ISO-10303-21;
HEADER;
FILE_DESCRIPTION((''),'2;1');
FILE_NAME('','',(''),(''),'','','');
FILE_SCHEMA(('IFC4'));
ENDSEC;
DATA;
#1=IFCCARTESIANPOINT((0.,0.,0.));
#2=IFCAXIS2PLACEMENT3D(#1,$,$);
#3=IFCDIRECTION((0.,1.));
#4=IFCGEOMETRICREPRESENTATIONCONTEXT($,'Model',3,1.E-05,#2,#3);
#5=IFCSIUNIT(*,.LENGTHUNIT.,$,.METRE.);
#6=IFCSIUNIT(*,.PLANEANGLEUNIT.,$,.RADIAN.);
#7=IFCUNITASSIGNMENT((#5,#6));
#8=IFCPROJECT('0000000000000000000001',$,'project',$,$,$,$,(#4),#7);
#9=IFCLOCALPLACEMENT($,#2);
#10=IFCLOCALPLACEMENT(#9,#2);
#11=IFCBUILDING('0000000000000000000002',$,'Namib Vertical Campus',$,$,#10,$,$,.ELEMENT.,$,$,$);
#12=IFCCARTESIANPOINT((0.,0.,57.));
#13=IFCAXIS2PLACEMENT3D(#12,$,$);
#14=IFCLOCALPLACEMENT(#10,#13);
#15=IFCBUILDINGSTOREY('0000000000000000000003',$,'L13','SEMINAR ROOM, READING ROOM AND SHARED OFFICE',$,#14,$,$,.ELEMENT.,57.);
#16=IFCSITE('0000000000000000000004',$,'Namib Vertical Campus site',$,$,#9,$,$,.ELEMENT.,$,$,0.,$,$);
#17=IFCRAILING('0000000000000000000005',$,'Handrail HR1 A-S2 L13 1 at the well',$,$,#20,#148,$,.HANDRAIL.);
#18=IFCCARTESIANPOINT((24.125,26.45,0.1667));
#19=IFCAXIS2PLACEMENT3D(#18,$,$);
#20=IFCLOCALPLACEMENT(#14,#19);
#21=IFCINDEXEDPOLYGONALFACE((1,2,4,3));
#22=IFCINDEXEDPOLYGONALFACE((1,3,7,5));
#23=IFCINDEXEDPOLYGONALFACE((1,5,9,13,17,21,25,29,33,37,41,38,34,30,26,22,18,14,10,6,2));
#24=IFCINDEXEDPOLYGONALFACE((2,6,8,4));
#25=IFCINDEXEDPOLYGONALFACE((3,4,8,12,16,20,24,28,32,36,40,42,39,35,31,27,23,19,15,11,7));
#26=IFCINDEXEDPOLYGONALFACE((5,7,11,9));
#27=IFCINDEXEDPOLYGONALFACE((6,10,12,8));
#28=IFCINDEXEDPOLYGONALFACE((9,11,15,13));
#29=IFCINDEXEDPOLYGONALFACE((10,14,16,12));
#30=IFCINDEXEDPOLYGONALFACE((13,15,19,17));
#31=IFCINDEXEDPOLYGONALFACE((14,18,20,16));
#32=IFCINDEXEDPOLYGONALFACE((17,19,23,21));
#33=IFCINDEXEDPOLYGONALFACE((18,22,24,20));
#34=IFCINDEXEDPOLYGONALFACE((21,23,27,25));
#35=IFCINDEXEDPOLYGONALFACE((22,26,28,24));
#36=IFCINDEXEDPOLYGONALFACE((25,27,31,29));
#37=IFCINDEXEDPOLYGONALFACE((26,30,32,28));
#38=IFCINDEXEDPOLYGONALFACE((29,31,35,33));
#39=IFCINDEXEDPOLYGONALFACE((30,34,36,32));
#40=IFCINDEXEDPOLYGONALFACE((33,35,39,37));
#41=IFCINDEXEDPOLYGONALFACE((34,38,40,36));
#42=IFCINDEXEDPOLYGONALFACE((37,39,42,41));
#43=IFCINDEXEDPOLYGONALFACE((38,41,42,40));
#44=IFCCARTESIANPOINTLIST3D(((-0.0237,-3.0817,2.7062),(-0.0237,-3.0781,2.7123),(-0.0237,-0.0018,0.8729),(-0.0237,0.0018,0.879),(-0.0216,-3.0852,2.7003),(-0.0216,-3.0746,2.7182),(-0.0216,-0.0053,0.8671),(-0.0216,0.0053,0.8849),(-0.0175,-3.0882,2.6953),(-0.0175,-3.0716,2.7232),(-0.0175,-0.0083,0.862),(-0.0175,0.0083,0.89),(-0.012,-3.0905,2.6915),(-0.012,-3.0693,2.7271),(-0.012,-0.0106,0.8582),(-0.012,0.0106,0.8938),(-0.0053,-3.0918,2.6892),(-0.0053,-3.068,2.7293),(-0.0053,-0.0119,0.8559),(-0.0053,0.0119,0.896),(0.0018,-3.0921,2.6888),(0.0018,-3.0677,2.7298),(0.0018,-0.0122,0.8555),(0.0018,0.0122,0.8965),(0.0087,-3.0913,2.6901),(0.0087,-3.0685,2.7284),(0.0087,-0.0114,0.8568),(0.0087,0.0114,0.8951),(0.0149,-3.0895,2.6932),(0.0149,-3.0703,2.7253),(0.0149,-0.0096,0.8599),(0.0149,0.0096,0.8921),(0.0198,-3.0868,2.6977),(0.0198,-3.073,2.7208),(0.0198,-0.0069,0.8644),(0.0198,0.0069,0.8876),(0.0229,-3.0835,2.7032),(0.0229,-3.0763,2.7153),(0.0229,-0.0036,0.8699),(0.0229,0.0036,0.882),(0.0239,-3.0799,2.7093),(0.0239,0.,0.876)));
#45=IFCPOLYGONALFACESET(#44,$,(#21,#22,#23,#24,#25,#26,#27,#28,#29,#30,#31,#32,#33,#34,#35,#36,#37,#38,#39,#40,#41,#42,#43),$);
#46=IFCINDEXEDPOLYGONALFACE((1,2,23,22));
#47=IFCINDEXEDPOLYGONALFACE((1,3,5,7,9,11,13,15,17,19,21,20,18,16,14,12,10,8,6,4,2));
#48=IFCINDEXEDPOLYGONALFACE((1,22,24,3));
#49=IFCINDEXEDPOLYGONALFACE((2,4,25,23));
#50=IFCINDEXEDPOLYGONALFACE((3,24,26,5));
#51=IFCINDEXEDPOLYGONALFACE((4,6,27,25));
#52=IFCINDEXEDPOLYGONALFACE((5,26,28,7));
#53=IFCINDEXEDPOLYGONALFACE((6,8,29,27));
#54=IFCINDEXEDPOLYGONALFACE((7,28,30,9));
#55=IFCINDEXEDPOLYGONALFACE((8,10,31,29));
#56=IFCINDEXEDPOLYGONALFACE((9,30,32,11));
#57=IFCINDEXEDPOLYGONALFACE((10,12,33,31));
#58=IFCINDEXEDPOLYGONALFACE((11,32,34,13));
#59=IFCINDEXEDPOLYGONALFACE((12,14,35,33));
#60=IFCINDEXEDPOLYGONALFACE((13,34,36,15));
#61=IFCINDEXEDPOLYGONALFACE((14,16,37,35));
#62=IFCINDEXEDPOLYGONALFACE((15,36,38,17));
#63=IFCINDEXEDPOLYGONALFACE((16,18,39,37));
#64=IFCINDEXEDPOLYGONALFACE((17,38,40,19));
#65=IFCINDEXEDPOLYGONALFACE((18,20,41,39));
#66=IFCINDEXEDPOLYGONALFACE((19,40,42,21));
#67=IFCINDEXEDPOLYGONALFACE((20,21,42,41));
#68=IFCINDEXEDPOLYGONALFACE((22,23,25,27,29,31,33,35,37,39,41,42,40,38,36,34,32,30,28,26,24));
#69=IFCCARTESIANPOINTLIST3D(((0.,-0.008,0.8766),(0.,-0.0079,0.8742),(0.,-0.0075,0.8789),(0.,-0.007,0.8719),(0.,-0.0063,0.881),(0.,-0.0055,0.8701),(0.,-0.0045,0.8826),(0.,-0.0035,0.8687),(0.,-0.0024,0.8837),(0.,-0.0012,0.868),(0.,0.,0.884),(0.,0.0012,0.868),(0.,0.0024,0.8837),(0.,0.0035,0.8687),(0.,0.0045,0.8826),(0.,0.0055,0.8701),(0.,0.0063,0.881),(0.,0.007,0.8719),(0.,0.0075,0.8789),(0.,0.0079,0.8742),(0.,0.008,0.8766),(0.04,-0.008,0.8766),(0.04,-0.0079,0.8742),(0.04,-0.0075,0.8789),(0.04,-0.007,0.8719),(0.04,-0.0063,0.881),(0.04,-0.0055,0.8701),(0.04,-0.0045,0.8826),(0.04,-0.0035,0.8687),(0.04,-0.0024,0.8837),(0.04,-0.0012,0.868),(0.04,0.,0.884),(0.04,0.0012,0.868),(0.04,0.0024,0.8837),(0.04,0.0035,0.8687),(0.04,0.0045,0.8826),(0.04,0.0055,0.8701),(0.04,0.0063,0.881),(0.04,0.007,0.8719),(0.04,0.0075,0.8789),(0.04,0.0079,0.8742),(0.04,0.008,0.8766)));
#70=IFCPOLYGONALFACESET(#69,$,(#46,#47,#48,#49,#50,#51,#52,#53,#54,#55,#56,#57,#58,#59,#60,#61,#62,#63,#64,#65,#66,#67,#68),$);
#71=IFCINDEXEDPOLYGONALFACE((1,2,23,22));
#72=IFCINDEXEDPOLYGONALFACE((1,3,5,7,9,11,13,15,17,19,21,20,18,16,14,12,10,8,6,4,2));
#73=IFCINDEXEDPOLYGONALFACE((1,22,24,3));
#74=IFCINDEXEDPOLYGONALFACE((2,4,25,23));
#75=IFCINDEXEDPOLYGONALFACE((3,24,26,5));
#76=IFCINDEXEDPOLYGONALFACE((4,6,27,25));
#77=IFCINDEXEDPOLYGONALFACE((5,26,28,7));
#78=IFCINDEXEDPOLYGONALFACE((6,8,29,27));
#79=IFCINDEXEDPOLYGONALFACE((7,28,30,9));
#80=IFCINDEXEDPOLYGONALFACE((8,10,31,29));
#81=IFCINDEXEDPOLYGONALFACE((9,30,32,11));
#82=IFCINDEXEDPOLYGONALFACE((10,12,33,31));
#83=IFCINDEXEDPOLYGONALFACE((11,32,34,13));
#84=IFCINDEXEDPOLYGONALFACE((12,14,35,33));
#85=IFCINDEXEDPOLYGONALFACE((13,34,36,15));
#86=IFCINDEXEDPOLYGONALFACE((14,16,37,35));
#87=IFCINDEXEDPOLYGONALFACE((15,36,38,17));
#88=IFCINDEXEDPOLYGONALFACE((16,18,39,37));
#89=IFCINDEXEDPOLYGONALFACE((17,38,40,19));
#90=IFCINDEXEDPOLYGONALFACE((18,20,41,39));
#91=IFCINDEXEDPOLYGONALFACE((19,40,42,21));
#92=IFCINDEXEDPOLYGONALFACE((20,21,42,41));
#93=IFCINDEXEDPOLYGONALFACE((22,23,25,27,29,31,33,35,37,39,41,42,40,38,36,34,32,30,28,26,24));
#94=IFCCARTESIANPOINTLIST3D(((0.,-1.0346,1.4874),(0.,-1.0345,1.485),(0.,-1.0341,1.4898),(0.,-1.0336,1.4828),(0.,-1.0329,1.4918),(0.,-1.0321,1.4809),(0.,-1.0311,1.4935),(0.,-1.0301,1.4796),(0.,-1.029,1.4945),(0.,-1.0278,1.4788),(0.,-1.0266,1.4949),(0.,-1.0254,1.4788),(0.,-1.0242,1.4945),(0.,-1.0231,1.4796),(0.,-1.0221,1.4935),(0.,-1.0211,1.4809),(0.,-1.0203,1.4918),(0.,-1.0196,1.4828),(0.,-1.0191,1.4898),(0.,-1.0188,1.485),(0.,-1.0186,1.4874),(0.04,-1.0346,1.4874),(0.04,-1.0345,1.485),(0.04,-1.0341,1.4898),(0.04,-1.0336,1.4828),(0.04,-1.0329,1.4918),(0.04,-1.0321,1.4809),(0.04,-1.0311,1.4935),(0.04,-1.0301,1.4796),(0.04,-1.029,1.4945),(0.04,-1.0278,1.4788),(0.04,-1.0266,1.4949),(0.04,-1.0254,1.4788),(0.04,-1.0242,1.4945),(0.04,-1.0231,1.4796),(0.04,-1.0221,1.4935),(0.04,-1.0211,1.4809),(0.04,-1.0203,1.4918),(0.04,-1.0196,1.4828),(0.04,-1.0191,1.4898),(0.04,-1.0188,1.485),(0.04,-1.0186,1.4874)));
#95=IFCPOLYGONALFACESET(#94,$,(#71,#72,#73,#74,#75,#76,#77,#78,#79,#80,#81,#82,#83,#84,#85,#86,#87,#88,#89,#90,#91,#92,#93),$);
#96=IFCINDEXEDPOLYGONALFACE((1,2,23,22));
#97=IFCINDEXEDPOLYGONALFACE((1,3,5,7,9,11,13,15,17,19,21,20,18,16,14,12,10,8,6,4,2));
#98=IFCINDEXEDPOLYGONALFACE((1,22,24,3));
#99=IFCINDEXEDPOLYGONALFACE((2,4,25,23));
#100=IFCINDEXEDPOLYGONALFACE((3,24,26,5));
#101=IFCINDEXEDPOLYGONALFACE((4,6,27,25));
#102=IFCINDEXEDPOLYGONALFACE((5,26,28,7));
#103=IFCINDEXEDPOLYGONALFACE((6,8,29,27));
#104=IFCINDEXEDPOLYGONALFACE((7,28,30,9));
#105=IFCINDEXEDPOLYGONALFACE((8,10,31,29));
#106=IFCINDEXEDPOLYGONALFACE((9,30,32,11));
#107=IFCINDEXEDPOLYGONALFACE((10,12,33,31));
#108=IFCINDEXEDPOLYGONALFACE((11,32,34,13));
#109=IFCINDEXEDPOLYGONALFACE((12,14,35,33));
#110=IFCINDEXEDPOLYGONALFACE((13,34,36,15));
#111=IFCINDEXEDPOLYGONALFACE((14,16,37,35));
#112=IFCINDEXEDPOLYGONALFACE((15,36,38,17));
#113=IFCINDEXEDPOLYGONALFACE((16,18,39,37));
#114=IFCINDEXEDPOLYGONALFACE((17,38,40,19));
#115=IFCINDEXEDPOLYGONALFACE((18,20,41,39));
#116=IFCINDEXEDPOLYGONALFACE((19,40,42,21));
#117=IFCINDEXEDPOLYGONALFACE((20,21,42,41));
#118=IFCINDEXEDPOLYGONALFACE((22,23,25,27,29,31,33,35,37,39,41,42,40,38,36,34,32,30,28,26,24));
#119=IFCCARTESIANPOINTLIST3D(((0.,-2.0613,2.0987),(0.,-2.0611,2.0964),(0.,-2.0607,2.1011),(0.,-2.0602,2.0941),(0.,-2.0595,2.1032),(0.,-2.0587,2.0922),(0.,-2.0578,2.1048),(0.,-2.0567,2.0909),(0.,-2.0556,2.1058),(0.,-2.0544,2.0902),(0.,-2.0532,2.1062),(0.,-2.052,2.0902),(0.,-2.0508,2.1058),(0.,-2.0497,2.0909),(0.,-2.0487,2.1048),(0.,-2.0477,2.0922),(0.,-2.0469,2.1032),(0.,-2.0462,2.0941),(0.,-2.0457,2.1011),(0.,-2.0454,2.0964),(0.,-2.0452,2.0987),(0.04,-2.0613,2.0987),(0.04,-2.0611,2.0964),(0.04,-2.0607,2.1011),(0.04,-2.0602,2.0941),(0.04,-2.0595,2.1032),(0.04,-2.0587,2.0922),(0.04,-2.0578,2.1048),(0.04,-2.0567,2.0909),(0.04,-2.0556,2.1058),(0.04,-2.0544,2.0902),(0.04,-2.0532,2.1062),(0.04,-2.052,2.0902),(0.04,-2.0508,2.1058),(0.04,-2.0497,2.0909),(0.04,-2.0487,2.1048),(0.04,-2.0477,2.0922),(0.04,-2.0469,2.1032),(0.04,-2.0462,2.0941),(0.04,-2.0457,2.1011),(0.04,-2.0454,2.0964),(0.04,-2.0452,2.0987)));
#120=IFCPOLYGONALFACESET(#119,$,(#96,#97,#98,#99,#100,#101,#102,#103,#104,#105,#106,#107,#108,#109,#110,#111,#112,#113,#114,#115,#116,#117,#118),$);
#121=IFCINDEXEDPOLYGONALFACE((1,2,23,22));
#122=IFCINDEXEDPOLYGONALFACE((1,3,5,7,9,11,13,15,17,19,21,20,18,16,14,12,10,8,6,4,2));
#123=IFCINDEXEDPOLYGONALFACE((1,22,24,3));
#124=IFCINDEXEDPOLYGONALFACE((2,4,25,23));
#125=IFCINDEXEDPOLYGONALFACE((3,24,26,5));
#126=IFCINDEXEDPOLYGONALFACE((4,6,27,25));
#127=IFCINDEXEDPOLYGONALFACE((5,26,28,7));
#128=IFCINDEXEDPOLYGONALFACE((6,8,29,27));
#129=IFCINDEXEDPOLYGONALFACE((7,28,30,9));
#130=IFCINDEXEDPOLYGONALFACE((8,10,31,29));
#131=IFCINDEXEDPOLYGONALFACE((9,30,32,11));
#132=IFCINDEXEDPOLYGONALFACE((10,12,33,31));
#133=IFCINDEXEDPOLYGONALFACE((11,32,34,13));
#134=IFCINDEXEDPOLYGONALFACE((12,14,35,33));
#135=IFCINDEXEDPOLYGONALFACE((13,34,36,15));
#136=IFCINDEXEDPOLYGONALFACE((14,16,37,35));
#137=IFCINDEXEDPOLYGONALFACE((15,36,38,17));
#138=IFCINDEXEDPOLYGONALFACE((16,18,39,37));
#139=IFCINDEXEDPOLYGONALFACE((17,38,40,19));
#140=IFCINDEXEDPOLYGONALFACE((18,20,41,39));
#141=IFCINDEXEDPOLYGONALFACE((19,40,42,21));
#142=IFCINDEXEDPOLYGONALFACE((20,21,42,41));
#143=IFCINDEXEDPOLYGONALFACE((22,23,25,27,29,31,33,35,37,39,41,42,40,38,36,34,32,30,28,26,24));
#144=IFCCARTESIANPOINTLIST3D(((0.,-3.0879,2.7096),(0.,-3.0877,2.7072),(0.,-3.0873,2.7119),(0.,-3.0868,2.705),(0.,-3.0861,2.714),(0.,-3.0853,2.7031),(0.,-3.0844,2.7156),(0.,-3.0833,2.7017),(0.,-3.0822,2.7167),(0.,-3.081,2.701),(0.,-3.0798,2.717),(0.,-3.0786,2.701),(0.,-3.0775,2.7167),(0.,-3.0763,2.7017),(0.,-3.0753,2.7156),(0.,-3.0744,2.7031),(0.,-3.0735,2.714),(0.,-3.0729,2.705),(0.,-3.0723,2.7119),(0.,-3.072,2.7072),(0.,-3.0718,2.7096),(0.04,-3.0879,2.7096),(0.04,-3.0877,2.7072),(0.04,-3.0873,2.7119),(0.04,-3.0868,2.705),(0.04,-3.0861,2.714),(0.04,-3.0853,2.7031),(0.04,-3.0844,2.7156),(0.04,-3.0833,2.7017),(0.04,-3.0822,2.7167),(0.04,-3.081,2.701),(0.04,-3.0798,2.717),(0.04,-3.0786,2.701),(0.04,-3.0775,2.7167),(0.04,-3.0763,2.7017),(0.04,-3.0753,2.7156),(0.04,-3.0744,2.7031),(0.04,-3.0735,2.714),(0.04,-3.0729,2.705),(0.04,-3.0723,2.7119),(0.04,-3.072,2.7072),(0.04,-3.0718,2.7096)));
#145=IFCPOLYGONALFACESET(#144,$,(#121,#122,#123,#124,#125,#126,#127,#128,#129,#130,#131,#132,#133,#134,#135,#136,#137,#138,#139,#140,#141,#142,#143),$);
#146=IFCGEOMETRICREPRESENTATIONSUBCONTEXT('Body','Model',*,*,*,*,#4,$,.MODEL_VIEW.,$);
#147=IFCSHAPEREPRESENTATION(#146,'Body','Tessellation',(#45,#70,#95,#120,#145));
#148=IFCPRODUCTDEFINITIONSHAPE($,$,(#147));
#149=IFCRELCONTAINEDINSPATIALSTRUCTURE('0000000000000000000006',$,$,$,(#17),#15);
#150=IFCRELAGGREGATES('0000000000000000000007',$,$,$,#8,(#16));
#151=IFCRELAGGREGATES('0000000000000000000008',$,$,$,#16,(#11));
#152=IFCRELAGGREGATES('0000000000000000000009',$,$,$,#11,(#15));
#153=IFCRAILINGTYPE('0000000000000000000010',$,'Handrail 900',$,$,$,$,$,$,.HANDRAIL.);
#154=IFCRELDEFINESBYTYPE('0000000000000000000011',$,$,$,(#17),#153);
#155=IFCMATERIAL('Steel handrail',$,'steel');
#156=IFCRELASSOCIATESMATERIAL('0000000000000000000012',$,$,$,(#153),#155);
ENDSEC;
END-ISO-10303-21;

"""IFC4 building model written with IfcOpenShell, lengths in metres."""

from ifc_helpers import new_model, si_unit, direction, frame, origin, origin_2d, place, context, subcontext, project, spatial, circle, extrude, material, type_object, element, save


model = new_model("IFC4")

# Units and contexts
model_context = context("Model", 3, precision=1e-05, world=origin(), true_north=direction((0.0, 1.0)))
body_context = subcontext(model_context, "Body", "Model", "MODEL_VIEW")
ifc_project = project(units=[si_unit("LENGTHUNIT", "METRE"), si_unit("PLANEANGLEUNIT", "RADIAN")], contexts=[model_context])

# Site, building, storey
site_placement = place(None, origin())
site = spatial("IfcSite", under=ifc_project, at=site_placement, Name="Namib Vertical Campus site", CompositionType="ELEMENT", RefElevation=0.0)
building_placement = place(site_placement, origin())
building = spatial("IfcBuilding", under=site, at=building_placement, Name="Namib Vertical Campus", CompositionType="ELEMENT")
storey_placement = place(building_placement, frame((0.0, 0.0, 57.0)))
storey = spatial("IfcBuildingStorey", under=building, at=storey_placement, Name="L13", Description="SEMINAR ROOM, READING ROOM AND SHARED OFFICE", CompositionType="ELEMENT", Elevation=57.0)

# Railing
ifc_material_1 = material(Name="Steel handrail", Category="steel")
railing_type_1 = type_object("IfcRailingType", Name="Handrail 900", PredefinedType="HANDRAIL", material=ifc_material_1)
railing_1_placement = place(storey_placement, frame((24.125, 26.45, 0.1667)))
element("IfcRailing", 1, at=railing_1_placement, inside=storey, type_object=railing_type_1, Name="Handrail HR1 A-S2 L13 1 at the well", PredefinedType="HANDRAIL", context=body_context, shape_type="SweptSolid", body=[
    extrude(circle(Radius=0.0239, at=origin_2d()), frame((0.0, 0.0, 0.876), z_axis=(0.0, -0.859291, 0.511487), x_axis=(1.0, 0.0, 0.0)), (0.0, 0.0, 1.0), 3.5842),
    extrude(circle(Radius=0.0081, at=origin_2d()), frame((0.0, 0.0, 0.876), z_axis=(1.0, 0.0, 0.0), x_axis=(0.0, 0.0, 1.0)), (0.0, 0.0, 1.0), 0.04),
    extrude(circle(Radius=0.0081, at=origin_2d()), frame((0.0, -1.0266, 1.4868), z_axis=(1.0, 0.0, 0.0), x_axis=(0.0, 0.0, 1.0)), (0.0, 0.0, 1.0), 0.04),
    extrude(circle(Radius=0.0081, at=origin_2d()), frame((0.0, -2.0532, 2.0981), z_axis=(1.0, 0.0, 0.0), x_axis=(0.0, 0.0, 1.0)), (0.0, 0.0, 1.0), 0.04),
    extrude(circle(Radius=0.0081, at=origin_2d()), frame((0.0, -3.0798, 2.709), z_axis=(1.0, 0.0, 0.0), x_axis=(0.0, 0.0, 1.0)), (0.0, 0.0, 1.0), 0.04),
])

save(model, "model.ifc")
